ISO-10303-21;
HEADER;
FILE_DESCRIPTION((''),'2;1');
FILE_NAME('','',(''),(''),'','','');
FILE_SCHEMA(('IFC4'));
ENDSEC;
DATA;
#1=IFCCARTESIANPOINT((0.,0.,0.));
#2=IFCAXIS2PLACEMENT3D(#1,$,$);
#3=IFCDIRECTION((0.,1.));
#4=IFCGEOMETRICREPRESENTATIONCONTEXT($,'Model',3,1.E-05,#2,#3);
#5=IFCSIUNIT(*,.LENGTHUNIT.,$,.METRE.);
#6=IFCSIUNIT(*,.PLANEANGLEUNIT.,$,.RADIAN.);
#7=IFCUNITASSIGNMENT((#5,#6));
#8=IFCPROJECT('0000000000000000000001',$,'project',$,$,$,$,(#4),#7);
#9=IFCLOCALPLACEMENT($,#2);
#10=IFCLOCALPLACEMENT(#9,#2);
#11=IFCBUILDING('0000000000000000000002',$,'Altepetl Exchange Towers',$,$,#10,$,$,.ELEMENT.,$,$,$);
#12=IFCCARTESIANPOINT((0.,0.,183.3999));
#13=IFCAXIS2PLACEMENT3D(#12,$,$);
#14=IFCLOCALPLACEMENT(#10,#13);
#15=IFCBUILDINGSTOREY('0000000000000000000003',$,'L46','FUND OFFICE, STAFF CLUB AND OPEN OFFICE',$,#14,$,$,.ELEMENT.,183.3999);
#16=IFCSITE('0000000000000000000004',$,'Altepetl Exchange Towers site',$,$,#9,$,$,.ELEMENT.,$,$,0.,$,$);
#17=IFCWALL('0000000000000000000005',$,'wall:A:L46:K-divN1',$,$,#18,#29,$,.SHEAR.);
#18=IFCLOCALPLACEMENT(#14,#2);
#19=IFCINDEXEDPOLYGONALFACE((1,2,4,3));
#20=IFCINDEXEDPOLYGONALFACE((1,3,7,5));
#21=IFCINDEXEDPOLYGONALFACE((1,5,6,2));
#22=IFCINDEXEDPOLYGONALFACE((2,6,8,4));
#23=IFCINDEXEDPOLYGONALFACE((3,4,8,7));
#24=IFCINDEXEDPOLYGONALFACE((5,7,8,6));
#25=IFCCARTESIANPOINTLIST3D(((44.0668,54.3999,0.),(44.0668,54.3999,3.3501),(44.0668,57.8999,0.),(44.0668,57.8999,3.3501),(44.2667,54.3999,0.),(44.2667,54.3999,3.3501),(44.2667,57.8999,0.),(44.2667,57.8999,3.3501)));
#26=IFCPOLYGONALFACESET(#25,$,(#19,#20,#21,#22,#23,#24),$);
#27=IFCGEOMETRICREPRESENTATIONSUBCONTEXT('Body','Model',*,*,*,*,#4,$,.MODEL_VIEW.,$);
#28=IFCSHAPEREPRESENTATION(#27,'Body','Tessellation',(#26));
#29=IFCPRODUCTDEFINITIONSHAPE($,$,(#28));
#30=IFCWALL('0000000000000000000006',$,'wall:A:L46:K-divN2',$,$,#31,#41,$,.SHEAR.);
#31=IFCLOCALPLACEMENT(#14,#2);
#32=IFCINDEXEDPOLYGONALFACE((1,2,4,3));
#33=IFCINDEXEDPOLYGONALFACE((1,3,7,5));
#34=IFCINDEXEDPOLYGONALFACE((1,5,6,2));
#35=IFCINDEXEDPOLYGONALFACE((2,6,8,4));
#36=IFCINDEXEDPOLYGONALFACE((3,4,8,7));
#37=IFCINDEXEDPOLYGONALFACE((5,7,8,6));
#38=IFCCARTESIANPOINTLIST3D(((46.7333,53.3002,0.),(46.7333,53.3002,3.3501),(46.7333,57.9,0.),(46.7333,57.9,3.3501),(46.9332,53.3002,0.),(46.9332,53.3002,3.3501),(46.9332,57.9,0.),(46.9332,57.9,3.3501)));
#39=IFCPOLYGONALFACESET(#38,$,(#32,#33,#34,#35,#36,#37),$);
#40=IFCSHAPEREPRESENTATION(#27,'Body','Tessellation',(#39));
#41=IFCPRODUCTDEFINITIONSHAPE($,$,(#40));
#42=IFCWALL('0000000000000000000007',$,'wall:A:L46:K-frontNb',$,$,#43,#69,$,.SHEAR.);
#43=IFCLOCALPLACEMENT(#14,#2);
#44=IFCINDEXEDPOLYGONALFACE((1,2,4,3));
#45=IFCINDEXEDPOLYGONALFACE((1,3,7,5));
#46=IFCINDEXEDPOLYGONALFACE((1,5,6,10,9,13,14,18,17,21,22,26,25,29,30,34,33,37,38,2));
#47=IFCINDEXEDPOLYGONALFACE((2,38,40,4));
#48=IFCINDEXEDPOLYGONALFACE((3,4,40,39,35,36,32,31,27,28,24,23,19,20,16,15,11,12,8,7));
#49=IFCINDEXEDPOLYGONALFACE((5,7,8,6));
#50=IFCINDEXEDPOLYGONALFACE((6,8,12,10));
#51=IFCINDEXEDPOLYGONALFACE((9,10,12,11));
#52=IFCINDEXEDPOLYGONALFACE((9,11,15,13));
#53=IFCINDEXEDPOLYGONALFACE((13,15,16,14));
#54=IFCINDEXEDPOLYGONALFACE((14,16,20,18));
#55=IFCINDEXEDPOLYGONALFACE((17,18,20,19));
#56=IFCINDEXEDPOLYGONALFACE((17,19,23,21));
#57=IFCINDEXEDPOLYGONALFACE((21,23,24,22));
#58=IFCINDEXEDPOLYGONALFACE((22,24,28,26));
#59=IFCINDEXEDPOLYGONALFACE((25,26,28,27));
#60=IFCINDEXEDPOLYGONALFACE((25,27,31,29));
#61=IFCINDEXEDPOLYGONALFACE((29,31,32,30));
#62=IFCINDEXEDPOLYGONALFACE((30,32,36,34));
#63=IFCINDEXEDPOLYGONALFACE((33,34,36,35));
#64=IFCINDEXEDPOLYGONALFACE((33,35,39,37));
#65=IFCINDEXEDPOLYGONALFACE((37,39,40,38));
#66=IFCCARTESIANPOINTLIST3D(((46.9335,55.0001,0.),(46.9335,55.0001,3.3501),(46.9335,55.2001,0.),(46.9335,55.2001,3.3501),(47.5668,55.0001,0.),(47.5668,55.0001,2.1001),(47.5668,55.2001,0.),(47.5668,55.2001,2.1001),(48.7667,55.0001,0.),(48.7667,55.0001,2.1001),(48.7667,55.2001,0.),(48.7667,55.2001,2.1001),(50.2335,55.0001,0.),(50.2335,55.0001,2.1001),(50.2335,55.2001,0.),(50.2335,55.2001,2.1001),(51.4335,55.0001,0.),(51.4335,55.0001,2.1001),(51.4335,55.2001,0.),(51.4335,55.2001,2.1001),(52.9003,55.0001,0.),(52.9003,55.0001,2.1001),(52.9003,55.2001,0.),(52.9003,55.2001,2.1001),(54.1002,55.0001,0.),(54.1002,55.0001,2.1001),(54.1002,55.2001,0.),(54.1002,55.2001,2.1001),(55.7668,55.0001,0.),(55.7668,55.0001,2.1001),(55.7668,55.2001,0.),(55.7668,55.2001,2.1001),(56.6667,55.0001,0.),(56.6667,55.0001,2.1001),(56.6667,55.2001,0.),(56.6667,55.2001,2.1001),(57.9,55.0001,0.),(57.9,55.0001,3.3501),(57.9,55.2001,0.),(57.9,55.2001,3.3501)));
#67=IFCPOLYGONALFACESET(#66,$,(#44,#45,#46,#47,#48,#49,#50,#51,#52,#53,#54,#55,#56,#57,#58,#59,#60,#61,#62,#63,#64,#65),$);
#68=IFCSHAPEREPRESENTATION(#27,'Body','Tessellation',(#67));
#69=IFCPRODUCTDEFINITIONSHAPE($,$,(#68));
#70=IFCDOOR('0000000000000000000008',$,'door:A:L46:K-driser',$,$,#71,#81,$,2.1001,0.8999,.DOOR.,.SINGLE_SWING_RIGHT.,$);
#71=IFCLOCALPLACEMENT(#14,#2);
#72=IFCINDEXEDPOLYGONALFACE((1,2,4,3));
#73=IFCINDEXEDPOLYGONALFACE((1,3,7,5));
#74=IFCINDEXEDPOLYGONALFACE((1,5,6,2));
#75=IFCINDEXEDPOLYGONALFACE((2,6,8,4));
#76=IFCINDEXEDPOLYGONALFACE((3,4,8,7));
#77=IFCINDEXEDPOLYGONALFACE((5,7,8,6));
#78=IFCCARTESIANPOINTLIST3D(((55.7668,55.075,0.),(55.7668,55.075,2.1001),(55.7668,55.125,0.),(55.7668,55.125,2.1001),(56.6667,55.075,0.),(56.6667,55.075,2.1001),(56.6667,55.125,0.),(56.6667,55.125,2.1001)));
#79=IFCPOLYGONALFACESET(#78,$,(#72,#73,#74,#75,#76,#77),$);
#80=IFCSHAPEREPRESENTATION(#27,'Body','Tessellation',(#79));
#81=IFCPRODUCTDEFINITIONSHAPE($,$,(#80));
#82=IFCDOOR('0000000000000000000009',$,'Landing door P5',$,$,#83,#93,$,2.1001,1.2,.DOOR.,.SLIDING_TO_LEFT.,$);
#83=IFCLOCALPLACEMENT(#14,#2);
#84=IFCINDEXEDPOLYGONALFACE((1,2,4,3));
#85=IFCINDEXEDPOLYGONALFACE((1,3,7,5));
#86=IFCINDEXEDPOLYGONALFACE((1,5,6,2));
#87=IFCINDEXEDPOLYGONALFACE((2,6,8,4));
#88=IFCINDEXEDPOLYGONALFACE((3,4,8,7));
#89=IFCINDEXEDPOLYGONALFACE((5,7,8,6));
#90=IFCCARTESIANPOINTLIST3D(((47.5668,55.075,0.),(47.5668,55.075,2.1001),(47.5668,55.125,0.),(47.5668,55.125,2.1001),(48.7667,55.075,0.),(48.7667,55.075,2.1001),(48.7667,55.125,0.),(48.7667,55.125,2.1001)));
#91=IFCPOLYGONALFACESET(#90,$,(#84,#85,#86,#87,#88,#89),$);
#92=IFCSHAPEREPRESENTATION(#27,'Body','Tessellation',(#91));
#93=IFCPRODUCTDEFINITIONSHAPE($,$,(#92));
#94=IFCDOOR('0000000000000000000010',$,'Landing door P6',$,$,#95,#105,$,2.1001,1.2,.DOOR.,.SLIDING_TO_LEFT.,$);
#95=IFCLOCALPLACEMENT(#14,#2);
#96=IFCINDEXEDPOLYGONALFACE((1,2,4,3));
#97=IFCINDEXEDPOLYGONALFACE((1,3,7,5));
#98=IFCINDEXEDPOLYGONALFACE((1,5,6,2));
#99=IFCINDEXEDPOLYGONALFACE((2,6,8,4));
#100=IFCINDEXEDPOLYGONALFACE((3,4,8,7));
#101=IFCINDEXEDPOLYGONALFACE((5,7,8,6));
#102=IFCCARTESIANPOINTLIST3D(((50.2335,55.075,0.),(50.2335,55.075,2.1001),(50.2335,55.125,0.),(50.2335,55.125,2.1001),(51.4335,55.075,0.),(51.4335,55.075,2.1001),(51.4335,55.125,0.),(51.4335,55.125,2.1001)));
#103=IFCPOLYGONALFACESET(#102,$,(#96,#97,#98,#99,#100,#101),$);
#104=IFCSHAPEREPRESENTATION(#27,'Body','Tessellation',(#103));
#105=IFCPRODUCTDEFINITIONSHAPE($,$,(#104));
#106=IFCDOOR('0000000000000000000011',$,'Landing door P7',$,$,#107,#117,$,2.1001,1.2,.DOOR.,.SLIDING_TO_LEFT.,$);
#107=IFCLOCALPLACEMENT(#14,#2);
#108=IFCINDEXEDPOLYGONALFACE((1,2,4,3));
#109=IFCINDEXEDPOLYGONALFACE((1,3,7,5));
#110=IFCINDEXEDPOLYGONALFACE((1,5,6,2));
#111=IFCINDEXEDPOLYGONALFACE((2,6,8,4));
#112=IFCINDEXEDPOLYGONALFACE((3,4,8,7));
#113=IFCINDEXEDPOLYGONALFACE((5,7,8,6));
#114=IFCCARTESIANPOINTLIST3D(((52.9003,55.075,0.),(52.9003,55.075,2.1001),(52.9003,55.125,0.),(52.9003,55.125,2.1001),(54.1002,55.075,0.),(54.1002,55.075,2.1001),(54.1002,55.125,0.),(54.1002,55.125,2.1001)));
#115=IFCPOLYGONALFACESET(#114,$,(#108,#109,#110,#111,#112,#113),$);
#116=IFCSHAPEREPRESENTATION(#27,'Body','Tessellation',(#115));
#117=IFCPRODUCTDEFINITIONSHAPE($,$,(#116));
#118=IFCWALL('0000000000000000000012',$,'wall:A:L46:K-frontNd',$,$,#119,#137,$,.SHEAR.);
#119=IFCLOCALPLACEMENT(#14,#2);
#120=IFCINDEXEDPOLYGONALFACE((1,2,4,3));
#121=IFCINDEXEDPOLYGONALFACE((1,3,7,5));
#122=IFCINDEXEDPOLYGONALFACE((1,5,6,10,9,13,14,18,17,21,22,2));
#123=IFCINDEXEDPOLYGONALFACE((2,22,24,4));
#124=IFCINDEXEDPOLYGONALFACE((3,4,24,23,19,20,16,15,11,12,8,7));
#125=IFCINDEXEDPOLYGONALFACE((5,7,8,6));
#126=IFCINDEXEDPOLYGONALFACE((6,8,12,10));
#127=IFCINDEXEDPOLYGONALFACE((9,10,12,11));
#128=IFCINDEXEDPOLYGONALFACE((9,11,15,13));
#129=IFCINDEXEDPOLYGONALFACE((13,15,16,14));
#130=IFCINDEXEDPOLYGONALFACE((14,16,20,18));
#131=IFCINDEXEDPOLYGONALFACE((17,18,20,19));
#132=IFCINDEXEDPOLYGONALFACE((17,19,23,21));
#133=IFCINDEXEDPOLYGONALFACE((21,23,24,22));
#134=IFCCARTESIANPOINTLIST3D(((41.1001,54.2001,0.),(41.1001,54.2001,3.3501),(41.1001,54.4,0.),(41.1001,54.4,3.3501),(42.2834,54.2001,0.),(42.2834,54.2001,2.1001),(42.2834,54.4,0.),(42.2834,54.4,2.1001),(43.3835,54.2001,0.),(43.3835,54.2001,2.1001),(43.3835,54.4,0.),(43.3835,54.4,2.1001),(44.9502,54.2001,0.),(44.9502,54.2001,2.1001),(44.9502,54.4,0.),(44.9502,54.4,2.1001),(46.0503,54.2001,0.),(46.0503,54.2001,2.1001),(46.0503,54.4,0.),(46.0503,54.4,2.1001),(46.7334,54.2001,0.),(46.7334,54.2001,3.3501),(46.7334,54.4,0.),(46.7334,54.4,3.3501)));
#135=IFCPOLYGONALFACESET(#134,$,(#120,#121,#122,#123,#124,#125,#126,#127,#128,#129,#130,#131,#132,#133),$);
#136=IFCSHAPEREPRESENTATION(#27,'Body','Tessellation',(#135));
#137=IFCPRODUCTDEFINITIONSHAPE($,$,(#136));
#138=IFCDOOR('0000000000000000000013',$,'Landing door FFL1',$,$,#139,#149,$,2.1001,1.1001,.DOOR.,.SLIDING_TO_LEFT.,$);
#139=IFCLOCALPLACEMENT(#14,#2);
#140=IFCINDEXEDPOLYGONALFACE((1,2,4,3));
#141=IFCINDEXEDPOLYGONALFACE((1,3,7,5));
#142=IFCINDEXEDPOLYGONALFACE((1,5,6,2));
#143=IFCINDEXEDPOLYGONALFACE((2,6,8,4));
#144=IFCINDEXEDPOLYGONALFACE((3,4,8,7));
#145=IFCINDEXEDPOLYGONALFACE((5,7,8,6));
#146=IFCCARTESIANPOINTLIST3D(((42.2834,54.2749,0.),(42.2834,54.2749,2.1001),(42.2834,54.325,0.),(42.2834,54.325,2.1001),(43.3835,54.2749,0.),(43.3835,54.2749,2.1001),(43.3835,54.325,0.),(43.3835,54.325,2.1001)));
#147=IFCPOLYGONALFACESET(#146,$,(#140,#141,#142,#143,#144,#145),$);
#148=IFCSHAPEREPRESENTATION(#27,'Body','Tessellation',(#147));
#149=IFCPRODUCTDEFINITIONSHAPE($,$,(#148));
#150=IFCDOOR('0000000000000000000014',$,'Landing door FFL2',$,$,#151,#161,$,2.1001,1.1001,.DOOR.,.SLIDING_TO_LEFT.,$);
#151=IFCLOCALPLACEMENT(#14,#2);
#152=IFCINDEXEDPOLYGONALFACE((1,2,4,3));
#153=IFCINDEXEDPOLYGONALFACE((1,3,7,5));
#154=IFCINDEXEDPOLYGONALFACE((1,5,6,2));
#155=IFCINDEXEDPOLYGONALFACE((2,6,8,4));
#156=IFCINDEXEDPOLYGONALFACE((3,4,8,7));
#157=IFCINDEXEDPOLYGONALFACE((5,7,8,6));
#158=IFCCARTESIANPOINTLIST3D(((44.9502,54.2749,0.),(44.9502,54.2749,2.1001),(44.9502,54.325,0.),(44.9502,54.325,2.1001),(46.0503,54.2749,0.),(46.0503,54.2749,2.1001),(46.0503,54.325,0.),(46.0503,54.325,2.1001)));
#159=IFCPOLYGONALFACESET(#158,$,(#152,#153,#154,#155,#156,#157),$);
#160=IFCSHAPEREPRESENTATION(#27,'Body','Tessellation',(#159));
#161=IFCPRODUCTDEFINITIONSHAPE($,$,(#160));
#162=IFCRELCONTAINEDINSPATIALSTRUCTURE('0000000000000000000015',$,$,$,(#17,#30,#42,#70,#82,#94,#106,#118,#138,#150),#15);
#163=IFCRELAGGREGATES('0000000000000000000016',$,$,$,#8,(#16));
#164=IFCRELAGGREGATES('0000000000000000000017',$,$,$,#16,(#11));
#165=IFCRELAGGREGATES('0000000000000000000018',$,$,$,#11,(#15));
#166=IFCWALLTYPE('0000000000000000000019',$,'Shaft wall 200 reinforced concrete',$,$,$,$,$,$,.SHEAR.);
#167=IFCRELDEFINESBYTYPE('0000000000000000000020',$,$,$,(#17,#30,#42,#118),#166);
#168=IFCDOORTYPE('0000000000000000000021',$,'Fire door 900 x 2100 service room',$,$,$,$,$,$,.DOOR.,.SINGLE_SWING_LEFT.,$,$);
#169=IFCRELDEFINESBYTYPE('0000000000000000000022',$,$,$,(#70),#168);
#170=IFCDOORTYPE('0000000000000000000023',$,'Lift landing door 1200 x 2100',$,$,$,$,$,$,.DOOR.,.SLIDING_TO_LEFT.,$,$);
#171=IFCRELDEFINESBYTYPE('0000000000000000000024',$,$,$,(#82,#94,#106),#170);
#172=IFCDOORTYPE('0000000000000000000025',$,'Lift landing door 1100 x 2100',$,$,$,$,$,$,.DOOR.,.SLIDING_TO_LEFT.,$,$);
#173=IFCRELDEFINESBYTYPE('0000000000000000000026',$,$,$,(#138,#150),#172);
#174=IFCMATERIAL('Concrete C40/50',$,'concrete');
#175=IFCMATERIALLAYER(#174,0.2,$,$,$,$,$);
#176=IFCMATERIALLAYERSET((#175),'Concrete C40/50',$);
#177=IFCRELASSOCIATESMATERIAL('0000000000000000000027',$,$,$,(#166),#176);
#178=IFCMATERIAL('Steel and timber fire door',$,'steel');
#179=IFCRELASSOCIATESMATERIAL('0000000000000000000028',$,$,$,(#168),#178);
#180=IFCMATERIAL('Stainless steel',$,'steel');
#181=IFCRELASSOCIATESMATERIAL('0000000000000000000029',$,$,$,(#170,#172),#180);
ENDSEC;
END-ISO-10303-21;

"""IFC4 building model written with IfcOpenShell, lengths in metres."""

from ifc_helpers import new_model, si_unit, direction, frame, frame_2d, origin, place, context, subcontext, project, spatial, rectangle, extrude, material, layer, layer_set, type_object, element, fill, save


model = new_model("IFC4")

# Units and contexts
model_context = context("Model", 3, precision=1e-05, world=origin(), true_north=direction((0.0, 1.0)))
body_context = subcontext(model_context, "Body", "Model", "MODEL_VIEW")
ifc_project = project(units=[si_unit("LENGTHUNIT", "METRE"), si_unit("PLANEANGLEUNIT", "RADIAN")], contexts=[model_context])

# Site, building, storey
site_placement = place(None, origin())
site = spatial("IfcSite", under=ifc_project, at=site_placement, Name="Altepetl Exchange Towers site", CompositionType="ELEMENT", RefElevation=0.0)
building_placement = place(site_placement, origin())
building = spatial("IfcBuilding", under=site, at=building_placement, Name="Altepetl Exchange Towers", CompositionType="ELEMENT")
storey_placement = place(building_placement, frame((0.0, 0.0, 183.3999)))
storey = spatial("IfcBuildingStorey", under=building, at=storey_placement, Name="L46", Description="FUND OFFICE, STAFF CLUB AND OPEN OFFICE", CompositionType="ELEMENT", Elevation=183.3999)

# Shared definitions
ifc_material_1 = material(Name="Steel and timber fire door", Category="steel")

# Walls
ifc_material_2 = material(Name="Concrete C40/50", Category="concrete")
ifc_layer_1 = layer(ifc_material_2, 0.2)
ifc_layer_set_1 = layer_set([ifc_layer_1], Name="Concrete C40/50")
wall_type_1 = type_object("IfcWallType", Name="Shaft wall 200 reinforced concrete", PredefinedType="SHEAR", material=ifc_layer_set_1)
wall_1_placement = place(storey_placement, frame((44.1667, 57.8999, 0.0), z_axis=(0.0, 0.0, 1.0), x_axis=(0.0, -1.0, 0.0)))
element("IfcWall", 1, at=wall_1_placement, inside=storey, type_object=wall_type_1, Name="wall:A:L46:K-divN1", PredefinedType="SHEAR", context=body_context, shape_type="SweptSolid", body=[
    extrude(rectangle(XDim=3.5, YDim=0.2, at=frame_2d((1.75, 0.0))), origin(), (0.0, 0.0, 1.0), 3.3501),
])
wall_2_placement = place(storey_placement, frame((46.8333, 57.8999, 0.0), z_axis=(0.0, 0.0, 1.0), x_axis=(0.0, -1.0, 0.0)))
element("IfcWall", 2, at=wall_2_placement, inside=storey, type_object=wall_type_1, Name="wall:A:L46:K-divN2", PredefinedType="SHEAR", context=body_context, shape_type="SweptSolid", body=[
    extrude(rectangle(XDim=4.5999, YDim=0.2, at=frame_2d((2.2998, 0.0))), origin(), (0.0, 0.0, 1.0), 3.3501),
])

# Walls, openings, doors
wall_3_placement = place(storey_placement, frame((46.9333, 55.1001, 0.0)))
wall_3 = element("IfcWall", 3, at=wall_3_placement, inside=storey, type_object=wall_type_1, Name="wall:A:L46:K-frontNb", PredefinedType="SHEAR", context=body_context, shape_type="SweptSolid", body=[
    extrude(rectangle(XDim=10.9666, YDim=0.2, at=frame_2d((5.4834, 0.0))), origin(), (0.0, 0.0, 1.0), 3.3501),
])
opening_1_placement = place(wall_3_placement, frame((8.8335, 0.0, 0.0)))
opening_1 = element("IfcOpeningElement", 4, at=opening_1_placement, cuts=wall_3, PredefinedType="OPENING", context=body_context, shape_type="SweptSolid", body=[
    extrude(rectangle(XDim=0.8999, YDim=2.1001, at=frame_2d((0.45, 1.05))), frame((0.0, 0.1099, 0.0), z_axis=(0.0, -1.0, 0.0), x_axis=(1.0, 0.0, 0.0)), (0.0, 0.0, 1.0), 0.22),
])
opening_2_placement = place(wall_3_placement, frame((0.6333, 0.0, 0.0)))
opening_2 = element("IfcOpeningElement", 5, at=opening_2_placement, cuts=wall_3, PredefinedType="OPENING", context=body_context, shape_type="SweptSolid", body=[
    extrude(rectangle(XDim=1.2, YDim=2.1001, at=frame_2d((0.6001, 1.05))), frame((0.0, 0.1099, 0.0), z_axis=(0.0, -1.0, 0.0), x_axis=(1.0, 0.0, 0.0)), (0.0, 0.0, 1.0), 0.22),
])
opening_3_placement = place(wall_3_placement, frame((3.3, 0.0, 0.0)))
opening_3 = element("IfcOpeningElement", 6, at=opening_3_placement, cuts=wall_3, PredefinedType="OPENING", context=body_context, shape_type="SweptSolid", body=[
    extrude(rectangle(XDim=1.2, YDim=2.1001, at=frame_2d((0.6001, 1.05))), frame((0.0, 0.1099, 0.0), z_axis=(0.0, -1.0, 0.0), x_axis=(1.0, 0.0, 0.0)), (0.0, 0.0, 1.0), 0.22),
])
opening_4_placement = place(wall_3_placement, frame((5.9668, 0.0, 0.0)))
opening_4 = element("IfcOpeningElement", 7, at=opening_4_placement, cuts=wall_3, PredefinedType="OPENING", context=body_context, shape_type="SweptSolid", body=[
    extrude(rectangle(XDim=1.2, YDim=2.1001, at=frame_2d((0.6001, 1.05))), frame((0.0, 0.1099, 0.0), z_axis=(0.0, -1.0, 0.0), x_axis=(1.0, 0.0, 0.0)), (0.0, 0.0, 1.0), 0.22),
])
door_type_1 = type_object("IfcDoorType", Name="Fire door 900 x 2100 service room", OperationType="SINGLE_SWING_LEFT", PredefinedType="DOOR", material=ifc_material_1)
door_1_placement = place(opening_1_placement, origin())
door_1 = element("IfcDoor", 8, at=door_1_placement, inside=storey, type_object=door_type_1, Name="door:A:L46:K-driser", OperationType="SINGLE_SWING_RIGHT", OverallHeight=2.1001, OverallWidth=0.8999, PredefinedType="DOOR", context=body_context, shape_type="SweptSolid", body=[
    extrude(rectangle(XDim=0.8999, YDim=2.1001, at=frame_2d((0.45, 1.05))), frame((0.0, 0.0249, 0.0), z_axis=(0.0, -1.0, 0.0), x_axis=(1.0, 0.0, 0.0)), (0.0, 0.0, 1.0), 0.05),
])
fill(opening_1, door_1)
ifc_material_3 = material(Name="Stainless steel", Category="steel")
door_type_2 = type_object("IfcDoorType", Name="Lift landing door 1200 x 2100", OperationType="SLIDING_TO_LEFT", PredefinedType="DOOR", material=ifc_material_3)
door_2_placement = place(opening_2_placement, origin())
door_2 = element("IfcDoor", 9, at=door_2_placement, inside=storey, type_object=door_type_2, Name="Landing door P5", OperationType="SLIDING_TO_LEFT", OverallHeight=2.1001, OverallWidth=1.2, PredefinedType="DOOR", context=body_context, shape_type="SweptSolid", body=[
    extrude(rectangle(XDim=1.2, YDim=2.1001, at=frame_2d((0.6001, 1.05))), frame((0.0, 0.0249, 0.0), z_axis=(0.0, -1.0, 0.0), x_axis=(1.0, 0.0, 0.0)), (0.0, 0.0, 1.0), 0.05),
])
fill(opening_2, door_2)
door_3_placement = place(opening_3_placement, origin())
door_3 = element("IfcDoor", 10, at=door_3_placement, inside=storey, type_object=door_type_2, Name="Landing door P6", OperationType="SLIDING_TO_LEFT", OverallHeight=2.1001, OverallWidth=1.2, PredefinedType="DOOR", context=body_context, shape_type="SweptSolid", body=[
    extrude(rectangle(XDim=1.2, YDim=2.1001, at=frame_2d((0.6001, 1.05))), frame((0.0, 0.0249, 0.0), z_axis=(0.0, -1.0, 0.0), x_axis=(1.0, 0.0, 0.0)), (0.0, 0.0, 1.0), 0.05),
])
fill(opening_3, door_3)
door_4_placement = place(opening_4_placement, origin())
door_4 = element("IfcDoor", 11, at=door_4_placement, inside=storey, type_object=door_type_2, Name="Landing door P7", OperationType="SLIDING_TO_LEFT", OverallHeight=2.1001, OverallWidth=1.2, PredefinedType="DOOR", context=body_context, shape_type="SweptSolid", body=[
    extrude(rectangle(XDim=1.2, YDim=2.1001, at=frame_2d((0.6001, 1.05))), frame((0.0, 0.0249, 0.0), z_axis=(0.0, -1.0, 0.0), x_axis=(1.0, 0.0, 0.0)), (0.0, 0.0, 1.0), 0.05),
])
fill(opening_4, door_4)
wall_4_placement = place(storey_placement, frame((41.1001, 54.3, 0.0)))
wall_4 = element("IfcWall", 12, at=wall_4_placement, inside=storey, type_object=wall_type_1, Name="wall:A:L46:K-frontNd", PredefinedType="SHEAR", context=body_context, shape_type="SweptSolid", body=[
    extrude(rectangle(XDim=5.6333, YDim=0.2, at=frame_2d((2.8167, 0.0))), origin(), (0.0, 0.0, 1.0), 3.3501),
])
opening_5_placement = place(wall_4_placement, frame((1.1833, 0.0, 0.0)))
opening_5 = element("IfcOpeningElement", 13, at=opening_5_placement, cuts=wall_4, PredefinedType="OPENING", context=body_context, shape_type="SweptSolid", body=[
    extrude(rectangle(XDim=1.1001, YDim=2.1001, at=frame_2d((0.55, 1.05))), frame((0.0, 0.1099, 0.0), z_axis=(0.0, -1.0, 0.0), x_axis=(1.0, 0.0, 0.0)), (0.0, 0.0, 1.0), 0.22),
])
opening_6_placement = place(wall_4_placement, frame((3.8501, 0.0, 0.0)))
opening_6 = element("IfcOpeningElement", 14, at=opening_6_placement, cuts=wall_4, PredefinedType="OPENING", context=body_context, shape_type="SweptSolid", body=[
    extrude(rectangle(XDim=1.1001, YDim=2.1001, at=frame_2d((0.55, 1.05))), frame((0.0, 0.1099, 0.0), z_axis=(0.0, -1.0, 0.0), x_axis=(1.0, 0.0, 0.0)), (0.0, 0.0, 1.0), 0.22),
])
door_type_3 = type_object("IfcDoorType", Name="Lift landing door 1100 x 2100", OperationType="SLIDING_TO_LEFT", PredefinedType="DOOR", material=ifc_material_3)
door_5_placement = place(opening_5_placement, origin())
door_5 = element("IfcDoor", 15, at=door_5_placement, inside=storey, type_object=door_type_3, Name="Landing door FFL1", OperationType="SLIDING_TO_LEFT", OverallHeight=2.1001, OverallWidth=1.1001, PredefinedType="DOOR", context=body_context, shape_type="SweptSolid", body=[
    extrude(rectangle(XDim=1.1001, YDim=2.1001, at=frame_2d((0.55, 1.05))), frame((0.0, 0.0249, 0.0), z_axis=(0.0, -1.0, 0.0), x_axis=(1.0, 0.0, 0.0)), (0.0, 0.0, 1.0), 0.05),
])
fill(opening_5, door_5)
door_6_placement = place(opening_6_placement, origin())
door_6 = element("IfcDoor", 16, at=door_6_placement, inside=storey, type_object=door_type_3, Name="Landing door FFL2", OperationType="SLIDING_TO_LEFT", OverallHeight=2.1001, OverallWidth=1.1001, PredefinedType="DOOR", context=body_context, shape_type="SweptSolid", body=[
    extrude(rectangle(XDim=1.1001, YDim=2.1001, at=frame_2d((0.55, 1.05))), frame((0.0, 0.0249, 0.0), z_axis=(0.0, -1.0, 0.0), x_axis=(1.0, 0.0, 0.0)), (0.0, 0.0, 1.0), 0.05),
])
fill(opening_6, door_6)

save(model, "model.ifc")
